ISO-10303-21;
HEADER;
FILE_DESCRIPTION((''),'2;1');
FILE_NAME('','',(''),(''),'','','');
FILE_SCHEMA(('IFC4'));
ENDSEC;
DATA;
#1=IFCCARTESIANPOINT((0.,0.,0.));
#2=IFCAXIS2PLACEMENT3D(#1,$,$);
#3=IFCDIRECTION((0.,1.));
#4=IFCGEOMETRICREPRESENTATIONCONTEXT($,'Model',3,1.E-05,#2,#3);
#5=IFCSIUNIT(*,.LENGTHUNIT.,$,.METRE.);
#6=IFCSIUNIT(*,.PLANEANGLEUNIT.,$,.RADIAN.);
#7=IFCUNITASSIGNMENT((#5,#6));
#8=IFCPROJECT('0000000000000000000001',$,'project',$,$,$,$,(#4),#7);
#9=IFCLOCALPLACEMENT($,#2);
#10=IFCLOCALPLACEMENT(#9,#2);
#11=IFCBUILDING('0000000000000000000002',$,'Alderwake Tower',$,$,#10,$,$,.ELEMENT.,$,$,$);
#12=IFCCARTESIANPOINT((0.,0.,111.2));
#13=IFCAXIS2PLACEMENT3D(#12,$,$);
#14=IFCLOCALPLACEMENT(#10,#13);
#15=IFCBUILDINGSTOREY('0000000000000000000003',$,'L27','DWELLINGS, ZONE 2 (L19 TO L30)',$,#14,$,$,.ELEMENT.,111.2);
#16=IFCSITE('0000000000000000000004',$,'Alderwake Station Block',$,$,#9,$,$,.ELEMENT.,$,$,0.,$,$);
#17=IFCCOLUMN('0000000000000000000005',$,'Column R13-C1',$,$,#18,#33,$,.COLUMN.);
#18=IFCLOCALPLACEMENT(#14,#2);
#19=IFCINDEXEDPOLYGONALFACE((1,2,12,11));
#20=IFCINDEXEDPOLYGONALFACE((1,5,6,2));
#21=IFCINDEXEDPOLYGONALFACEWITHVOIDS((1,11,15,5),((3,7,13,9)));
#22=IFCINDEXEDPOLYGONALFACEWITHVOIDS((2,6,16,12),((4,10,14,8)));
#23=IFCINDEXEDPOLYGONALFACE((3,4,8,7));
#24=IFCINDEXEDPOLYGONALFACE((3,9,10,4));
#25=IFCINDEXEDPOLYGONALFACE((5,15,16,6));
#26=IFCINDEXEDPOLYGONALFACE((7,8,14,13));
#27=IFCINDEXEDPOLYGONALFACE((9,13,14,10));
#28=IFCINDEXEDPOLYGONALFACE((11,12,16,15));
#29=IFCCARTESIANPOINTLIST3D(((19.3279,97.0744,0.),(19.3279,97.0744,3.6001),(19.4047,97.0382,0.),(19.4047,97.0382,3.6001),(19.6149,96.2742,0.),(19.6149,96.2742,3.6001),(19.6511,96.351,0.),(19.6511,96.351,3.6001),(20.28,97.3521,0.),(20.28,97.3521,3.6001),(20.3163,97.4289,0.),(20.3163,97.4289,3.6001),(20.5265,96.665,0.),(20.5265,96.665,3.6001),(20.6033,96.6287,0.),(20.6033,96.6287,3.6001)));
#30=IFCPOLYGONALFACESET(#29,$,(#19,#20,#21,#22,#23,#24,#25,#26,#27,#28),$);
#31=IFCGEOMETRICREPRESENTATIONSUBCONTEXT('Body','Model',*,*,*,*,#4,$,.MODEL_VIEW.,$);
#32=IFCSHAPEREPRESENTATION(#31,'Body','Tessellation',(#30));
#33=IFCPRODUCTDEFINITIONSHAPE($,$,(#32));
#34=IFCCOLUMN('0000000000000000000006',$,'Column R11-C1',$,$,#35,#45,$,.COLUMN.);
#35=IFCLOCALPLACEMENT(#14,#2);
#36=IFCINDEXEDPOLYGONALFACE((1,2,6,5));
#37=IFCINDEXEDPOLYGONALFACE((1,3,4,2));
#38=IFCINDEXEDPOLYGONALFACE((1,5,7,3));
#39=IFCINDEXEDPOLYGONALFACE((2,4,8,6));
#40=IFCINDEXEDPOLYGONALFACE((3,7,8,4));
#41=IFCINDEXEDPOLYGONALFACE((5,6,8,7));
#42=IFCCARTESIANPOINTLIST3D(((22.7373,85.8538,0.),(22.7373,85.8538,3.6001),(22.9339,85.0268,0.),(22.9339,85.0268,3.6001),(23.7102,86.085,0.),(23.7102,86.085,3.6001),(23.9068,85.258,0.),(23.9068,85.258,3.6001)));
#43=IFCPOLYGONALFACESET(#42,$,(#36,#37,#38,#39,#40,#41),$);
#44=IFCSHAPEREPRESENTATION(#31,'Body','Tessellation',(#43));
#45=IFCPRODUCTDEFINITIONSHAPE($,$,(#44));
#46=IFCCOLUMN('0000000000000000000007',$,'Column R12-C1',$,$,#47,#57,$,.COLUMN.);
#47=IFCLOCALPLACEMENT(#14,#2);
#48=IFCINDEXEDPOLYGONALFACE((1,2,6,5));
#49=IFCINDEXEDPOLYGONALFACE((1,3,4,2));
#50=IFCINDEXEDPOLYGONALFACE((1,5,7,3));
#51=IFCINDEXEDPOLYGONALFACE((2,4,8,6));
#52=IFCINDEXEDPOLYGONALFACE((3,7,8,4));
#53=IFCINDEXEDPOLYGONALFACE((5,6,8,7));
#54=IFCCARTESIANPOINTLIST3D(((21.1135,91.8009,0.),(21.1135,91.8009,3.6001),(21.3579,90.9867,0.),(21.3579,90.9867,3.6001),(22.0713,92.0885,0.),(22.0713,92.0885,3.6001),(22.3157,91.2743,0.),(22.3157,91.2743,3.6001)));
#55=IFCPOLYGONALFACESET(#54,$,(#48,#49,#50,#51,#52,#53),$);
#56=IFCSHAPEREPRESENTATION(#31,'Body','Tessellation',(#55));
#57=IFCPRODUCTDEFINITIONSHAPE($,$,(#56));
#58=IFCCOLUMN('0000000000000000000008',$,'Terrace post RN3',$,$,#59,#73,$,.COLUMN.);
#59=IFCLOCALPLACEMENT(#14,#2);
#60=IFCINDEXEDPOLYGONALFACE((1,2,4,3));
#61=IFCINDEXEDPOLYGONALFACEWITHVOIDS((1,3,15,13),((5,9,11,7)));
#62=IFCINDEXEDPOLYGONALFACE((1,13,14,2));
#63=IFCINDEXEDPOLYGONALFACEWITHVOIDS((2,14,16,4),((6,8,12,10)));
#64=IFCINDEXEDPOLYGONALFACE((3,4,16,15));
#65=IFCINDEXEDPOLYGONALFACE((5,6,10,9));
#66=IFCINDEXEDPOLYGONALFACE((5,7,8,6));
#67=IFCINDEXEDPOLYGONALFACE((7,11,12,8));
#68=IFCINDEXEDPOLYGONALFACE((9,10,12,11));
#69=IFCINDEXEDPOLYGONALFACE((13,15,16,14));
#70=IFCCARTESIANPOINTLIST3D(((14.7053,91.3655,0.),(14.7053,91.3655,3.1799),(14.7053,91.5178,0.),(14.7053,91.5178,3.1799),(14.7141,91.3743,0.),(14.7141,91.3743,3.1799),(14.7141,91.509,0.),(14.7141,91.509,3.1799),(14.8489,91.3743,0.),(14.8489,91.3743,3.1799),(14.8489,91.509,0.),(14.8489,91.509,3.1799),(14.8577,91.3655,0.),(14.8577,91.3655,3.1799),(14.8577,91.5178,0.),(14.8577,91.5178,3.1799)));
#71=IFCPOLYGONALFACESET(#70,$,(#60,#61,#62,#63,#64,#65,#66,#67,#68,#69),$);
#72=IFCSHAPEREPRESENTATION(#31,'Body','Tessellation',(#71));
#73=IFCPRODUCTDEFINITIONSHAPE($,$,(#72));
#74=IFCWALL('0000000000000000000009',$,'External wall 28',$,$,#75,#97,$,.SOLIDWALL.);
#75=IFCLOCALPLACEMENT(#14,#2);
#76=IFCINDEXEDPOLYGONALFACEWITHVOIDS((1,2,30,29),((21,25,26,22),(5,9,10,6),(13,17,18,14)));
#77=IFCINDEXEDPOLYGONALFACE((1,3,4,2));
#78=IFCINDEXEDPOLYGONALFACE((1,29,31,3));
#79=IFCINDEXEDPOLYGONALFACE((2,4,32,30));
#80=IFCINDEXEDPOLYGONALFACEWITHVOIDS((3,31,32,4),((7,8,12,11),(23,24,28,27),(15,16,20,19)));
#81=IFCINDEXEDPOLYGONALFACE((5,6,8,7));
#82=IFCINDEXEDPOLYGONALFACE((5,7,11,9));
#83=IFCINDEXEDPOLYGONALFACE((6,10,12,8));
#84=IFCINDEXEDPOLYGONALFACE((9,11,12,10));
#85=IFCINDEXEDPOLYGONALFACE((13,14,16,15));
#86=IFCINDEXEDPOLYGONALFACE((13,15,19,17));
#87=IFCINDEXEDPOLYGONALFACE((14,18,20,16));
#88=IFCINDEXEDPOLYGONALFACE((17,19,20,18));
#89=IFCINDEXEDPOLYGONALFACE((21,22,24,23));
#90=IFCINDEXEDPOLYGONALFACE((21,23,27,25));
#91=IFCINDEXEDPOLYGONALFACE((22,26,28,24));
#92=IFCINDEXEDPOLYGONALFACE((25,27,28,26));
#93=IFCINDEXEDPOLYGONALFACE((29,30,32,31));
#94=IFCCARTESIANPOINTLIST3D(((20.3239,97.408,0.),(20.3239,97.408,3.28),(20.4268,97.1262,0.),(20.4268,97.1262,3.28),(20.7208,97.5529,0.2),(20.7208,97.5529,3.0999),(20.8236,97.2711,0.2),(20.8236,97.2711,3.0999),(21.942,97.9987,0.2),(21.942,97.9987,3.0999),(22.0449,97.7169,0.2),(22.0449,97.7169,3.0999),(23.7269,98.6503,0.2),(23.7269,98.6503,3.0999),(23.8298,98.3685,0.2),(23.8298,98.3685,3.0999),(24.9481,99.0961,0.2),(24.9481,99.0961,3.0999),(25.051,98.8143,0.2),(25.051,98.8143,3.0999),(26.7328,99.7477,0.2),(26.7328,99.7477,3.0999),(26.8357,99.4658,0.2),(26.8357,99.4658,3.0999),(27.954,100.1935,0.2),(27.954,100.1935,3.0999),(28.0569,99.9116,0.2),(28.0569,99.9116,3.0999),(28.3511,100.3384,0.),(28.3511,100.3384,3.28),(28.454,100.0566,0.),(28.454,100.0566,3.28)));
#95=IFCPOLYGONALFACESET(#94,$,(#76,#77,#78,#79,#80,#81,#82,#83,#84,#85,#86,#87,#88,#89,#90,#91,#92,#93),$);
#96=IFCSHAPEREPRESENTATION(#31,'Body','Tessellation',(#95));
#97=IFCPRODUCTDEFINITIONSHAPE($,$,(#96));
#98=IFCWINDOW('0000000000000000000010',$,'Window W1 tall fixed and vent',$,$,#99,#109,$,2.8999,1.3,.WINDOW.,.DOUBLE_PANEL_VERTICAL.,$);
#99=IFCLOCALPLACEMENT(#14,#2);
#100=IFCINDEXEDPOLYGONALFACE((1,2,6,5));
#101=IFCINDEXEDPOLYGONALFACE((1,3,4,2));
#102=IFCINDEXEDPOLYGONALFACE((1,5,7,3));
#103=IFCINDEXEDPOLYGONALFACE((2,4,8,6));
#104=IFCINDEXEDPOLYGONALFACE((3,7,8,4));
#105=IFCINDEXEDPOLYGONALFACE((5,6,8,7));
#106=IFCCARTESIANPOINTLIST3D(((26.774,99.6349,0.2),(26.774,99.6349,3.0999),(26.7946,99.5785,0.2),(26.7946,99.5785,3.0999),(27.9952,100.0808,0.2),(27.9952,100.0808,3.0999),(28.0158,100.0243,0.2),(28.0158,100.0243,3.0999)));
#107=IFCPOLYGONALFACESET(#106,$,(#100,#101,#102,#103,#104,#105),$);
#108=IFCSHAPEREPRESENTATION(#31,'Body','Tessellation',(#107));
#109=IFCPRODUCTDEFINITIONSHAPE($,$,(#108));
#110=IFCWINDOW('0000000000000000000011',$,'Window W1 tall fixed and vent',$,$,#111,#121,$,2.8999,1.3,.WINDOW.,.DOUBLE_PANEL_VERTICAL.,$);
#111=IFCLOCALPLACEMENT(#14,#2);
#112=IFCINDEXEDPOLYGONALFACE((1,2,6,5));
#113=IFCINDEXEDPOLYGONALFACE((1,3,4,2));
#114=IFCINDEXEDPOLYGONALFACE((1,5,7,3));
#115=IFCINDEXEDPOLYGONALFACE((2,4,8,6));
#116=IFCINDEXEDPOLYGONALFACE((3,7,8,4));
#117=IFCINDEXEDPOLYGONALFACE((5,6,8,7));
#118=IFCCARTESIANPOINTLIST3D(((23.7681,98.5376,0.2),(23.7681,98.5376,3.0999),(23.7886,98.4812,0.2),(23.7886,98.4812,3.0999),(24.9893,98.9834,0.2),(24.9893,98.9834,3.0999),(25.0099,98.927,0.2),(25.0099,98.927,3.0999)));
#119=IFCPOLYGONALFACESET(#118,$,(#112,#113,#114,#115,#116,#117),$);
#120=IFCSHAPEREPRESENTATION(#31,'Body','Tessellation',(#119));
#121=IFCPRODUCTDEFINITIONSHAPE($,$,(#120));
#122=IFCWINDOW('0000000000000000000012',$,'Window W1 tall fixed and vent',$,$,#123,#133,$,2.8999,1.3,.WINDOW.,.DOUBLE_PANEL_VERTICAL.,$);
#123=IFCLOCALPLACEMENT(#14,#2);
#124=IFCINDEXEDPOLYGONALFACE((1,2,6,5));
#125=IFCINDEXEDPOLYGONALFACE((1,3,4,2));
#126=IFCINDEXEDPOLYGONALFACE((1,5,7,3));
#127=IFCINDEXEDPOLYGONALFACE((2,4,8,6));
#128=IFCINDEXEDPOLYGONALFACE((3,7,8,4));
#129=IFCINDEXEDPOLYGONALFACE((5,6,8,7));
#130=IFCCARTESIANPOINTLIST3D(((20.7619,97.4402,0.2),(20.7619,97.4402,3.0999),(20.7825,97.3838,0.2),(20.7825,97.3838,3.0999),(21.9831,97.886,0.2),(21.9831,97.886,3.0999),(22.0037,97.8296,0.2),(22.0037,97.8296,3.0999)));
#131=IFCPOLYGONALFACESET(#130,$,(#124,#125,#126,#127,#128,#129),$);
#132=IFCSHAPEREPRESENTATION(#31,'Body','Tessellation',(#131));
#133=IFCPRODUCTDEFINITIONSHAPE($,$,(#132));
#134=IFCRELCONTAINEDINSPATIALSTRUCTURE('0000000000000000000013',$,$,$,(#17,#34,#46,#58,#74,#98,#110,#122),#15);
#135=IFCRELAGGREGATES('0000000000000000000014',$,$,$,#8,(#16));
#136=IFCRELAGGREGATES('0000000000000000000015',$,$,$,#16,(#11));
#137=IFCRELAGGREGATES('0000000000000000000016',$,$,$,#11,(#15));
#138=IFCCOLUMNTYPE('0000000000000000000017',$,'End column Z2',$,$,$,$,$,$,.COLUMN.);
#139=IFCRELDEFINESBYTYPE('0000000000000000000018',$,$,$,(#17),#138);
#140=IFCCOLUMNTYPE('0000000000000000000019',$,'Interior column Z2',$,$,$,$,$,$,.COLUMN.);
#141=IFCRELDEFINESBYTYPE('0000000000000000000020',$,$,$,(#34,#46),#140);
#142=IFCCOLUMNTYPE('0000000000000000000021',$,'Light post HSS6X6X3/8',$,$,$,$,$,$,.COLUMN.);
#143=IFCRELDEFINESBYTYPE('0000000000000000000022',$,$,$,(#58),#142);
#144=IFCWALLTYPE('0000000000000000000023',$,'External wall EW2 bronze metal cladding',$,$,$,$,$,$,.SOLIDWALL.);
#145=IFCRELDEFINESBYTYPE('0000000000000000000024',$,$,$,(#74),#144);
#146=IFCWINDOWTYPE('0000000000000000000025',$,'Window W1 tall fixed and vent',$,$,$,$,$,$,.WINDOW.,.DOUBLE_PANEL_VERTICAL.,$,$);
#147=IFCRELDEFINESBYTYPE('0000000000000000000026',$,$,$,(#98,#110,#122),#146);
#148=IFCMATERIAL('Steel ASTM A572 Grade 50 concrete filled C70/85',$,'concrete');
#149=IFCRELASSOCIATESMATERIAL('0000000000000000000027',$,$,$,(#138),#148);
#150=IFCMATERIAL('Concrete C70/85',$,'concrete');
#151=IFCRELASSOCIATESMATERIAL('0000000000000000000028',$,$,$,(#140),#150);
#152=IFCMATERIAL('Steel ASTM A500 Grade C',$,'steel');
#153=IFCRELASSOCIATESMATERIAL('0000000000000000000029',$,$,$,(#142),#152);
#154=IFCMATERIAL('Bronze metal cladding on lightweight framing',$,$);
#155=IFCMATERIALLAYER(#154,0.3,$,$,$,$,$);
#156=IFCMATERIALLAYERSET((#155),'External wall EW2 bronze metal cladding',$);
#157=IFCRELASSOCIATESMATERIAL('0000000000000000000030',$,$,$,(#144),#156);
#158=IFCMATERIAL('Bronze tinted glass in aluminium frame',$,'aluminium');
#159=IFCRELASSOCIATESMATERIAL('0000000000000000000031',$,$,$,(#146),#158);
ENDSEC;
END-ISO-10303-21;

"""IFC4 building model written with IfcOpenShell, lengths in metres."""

from ifc_helpers import new_model, si_unit, direction, frame, frame_2d, origin, origin_2d, place, context, subcontext, project, spatial, rectangle, hollow_rectangle, extrude, material, layer, layer_set, material_profile, profile_set, type_object, element, fill, save


model = new_model("IFC4")

# Units and contexts
model_context = context("Model", 3, precision=1e-05, world=origin(), true_north=direction((0.0, 1.0)))
body_context = subcontext(model_context, "Body", "Model", "MODEL_VIEW")
ifc_project = project(units=[si_unit("LENGTHUNIT", "METRE"), si_unit("PLANEANGLEUNIT", "RADIAN")], contexts=[model_context])

# Site, building, storey
site_placement = place(None, origin())
site = spatial("IfcSite", under=ifc_project, at=site_placement, Name="Alderwake Station Block", CompositionType="ELEMENT", RefElevation=0.0)
building_placement = place(site_placement, origin())
building = spatial("IfcBuilding", under=site, at=building_placement, Name="Alderwake Tower", CompositionType="ELEMENT")
storey_placement = place(building_placement, frame((0.0, 0.0, 111.2)))
storey = spatial("IfcBuildingStorey", under=building, at=storey_placement, Name="L27", Description="DWELLINGS, ZONE 2 (L19 TO L30)", CompositionType="ELEMENT", Elevation=111.2)

# Columns
ifc_material_1 = material(Name="Steel ASTM A572 Grade 50 concrete filled C70/85", Category="concrete")
ifc_material_profile_1 = material_profile(ifc_material_1, hollow_rectangle(XDim=0.8501, YDim=1.05, WallThickness=0.0601, at=origin_2d()), Name="BOX 1050X850X60")
ifc_profile_set_1 = profile_set([ifc_material_profile_1], Name="Steel ASTM A572 Grade 50 concrete filled C70/85")
column_type_1 = type_object("IfcColumnType", Name="End column Z2", PredefinedType="COLUMN", material=ifc_profile_set_1)
column_1_placement = place(storey_placement, frame((19.9656, 96.8516, 0.0), z_axis=(0.0, 0.0, 1.0), x_axis=(-0.337585, 0.941295, 0.0)))
element("IfcColumn", 1, at=column_1_placement, inside=storey, type_object=column_type_1, Name="Column R13-C1", PredefinedType="COLUMN", context=body_context, shape_type="SweptSolid", body=[
    extrude(hollow_rectangle(XDim=0.8501, YDim=1.05, WallThickness=0.0601, at=origin_2d()), origin(), (0.0, 0.0, 1.0), 3.6001),
])
ifc_material_2 = material(Name="Concrete C70/85", Category="concrete")
ifc_material_profile_2 = material_profile(ifc_material_2, rectangle(XDim=0.8501, YDim=1.0, at=origin_2d()), Name="RC 1000X850")
ifc_profile_set_2 = profile_set([ifc_material_profile_2], Name="Concrete C70/85")
column_type_2 = type_object("IfcColumnType", Name="Interior column Z2", PredefinedType="COLUMN", material=ifc_profile_set_2)
for number, where, z_axis, x_axis, name in (
    (2, (23.322, 85.5559, 0.0), (0.0, 0.0, 1.0), (-0.231222, 0.972901, 0.0), "Column R11-C1"),
    (3, (21.7146, 91.5376, 0.0), (0.0, 0.0, 1.0), (-0.287549, 0.957766, 0.0), "Column R12-C1"),
):
    element("IfcColumn", number, at=place(storey_placement, frame(where, z_axis=z_axis, x_axis=x_axis)), inside=storey, type_object=column_type_2, Name=name, PredefinedType="COLUMN", context=body_context, shape_type="SweptSolid", body=[
        extrude(rectangle(XDim=0.8501, YDim=1.0, at=origin_2d()), origin(), (0.0, 0.0, 1.0), 3.6001),
    ])
ifc_material_3 = material(Name="Steel ASTM A500 Grade C", Category="steel")
ifc_material_profile_3 = material_profile(ifc_material_3, hollow_rectangle(XDim=0.1523, YDim=0.1523, WallThickness=0.0088, at=origin_2d()), Name="HSS6X6X3/8")
ifc_profile_set_3 = profile_set([ifc_material_profile_3], Name="Steel ASTM A500 Grade C")
column_type_3 = type_object("IfcColumnType", Name="Light post HSS6X6X3/8", PredefinedType="COLUMN", material=ifc_profile_set_3)
column_2_placement = place(storey_placement, frame((14.7815, 91.4417, 0.0), z_axis=(0.0, 0.0, 1.0), x_axis=(1.0, 0.0, 0.0)))
element("IfcColumn", 4, at=column_2_placement, inside=storey, type_object=column_type_3, Name="Terrace post RN3", PredefinedType="COLUMN", context=body_context, shape_type="SweptSolid", body=[
    extrude(hollow_rectangle(XDim=0.1523, YDim=0.1523, WallThickness=0.0088, at=origin_2d()), origin(), (0.0, 0.0, 1.0), 3.1799),
])

# Wall, openings, windows
ifc_material_4 = material(Name="Bronze metal cladding on lightweight framing")
ifc_layer_1 = layer(ifc_material_4, 0.3)
ifc_layer_set_1 = layer_set([ifc_layer_1], Name="External wall EW2 bronze metal cladding")
wall_type_1 = type_object("IfcWallType", Name="External wall EW2 bronze metal cladding", PredefinedType="SOLIDWALL", material=ifc_layer_set_1)
wall_1_placement = place(storey_placement, frame((28.4026, 100.1975, 0.0), z_axis=(0.0, 0.0, 1.0), x_axis=(-0.939365, -0.34292, 0.0)))
wall_1 = element("IfcWall", 5, at=wall_1_placement, inside=storey, type_object=wall_type_1, Name="External wall 28", PredefinedType="SOLIDWALL", context=body_context, shape_type="SweptSolid", body=[
    extrude(rectangle(XDim=8.5454, YDim=0.3, at=frame_2d((4.2727, 0.0))), origin(), (0.0, 0.0, 1.0), 3.28),
])
opening_1_placement = place(wall_1_placement, frame((0.4229, 0.0, 0.2)))
opening_1 = element("IfcOpeningElement", 6, at=opening_1_placement, cuts=wall_1, PredefinedType="OPENING", context=body_context, shape_type="SweptSolid", body=[
    extrude(rectangle(XDim=1.3, YDim=2.8999, at=frame_2d((0.6499, 1.45))), frame((0.0, 0.1599, 0.0), z_axis=(0.0, -1.0, 0.0), x_axis=(1.0, 0.0, 0.0)), (0.0, 0.0, 1.0), 0.3201),
])
opening_2_placement = place(wall_1_placement, frame((3.6228, 0.0, 0.2)))
opening_2 = element("IfcOpeningElement", 7, at=opening_2_placement, cuts=wall_1, PredefinedType="OPENING", context=body_context, shape_type="SweptSolid", body=[
    extrude(rectangle(XDim=1.3, YDim=2.8999, at=frame_2d((0.6499, 1.45))), frame((0.0, 0.1599, 0.0), z_axis=(0.0, -1.0, 0.0), x_axis=(1.0, 0.0, 0.0)), (0.0, 0.0, 1.0), 0.3201),
])
opening_3_placement = place(wall_1_placement, frame((6.823, 0.0, 0.2)))
opening_3 = element("IfcOpeningElement", 8, at=opening_3_placement, cuts=wall_1, PredefinedType="OPENING", context=body_context, shape_type="SweptSolid", body=[
    extrude(rectangle(XDim=1.3, YDim=2.8999, at=frame_2d((0.6499, 1.45))), frame((0.0, 0.1599, 0.0), z_axis=(0.0, -1.0, 0.0), x_axis=(1.0, 0.0, 0.0)), (0.0, 0.0, 1.0), 0.3201),
])
ifc_material_5 = material(Name="Bronze tinted glass in aluminium frame", Category="aluminium")
window_type = type_object("IfcWindowType", Name="Window W1 tall fixed and vent", PartitioningType="DOUBLE_PANEL_VERTICAL", PredefinedType="WINDOW", material=ifc_material_5)
window_1_placement = place(opening_1_placement, origin())
window_1 = element("IfcWindow", 9, at=window_1_placement, inside=storey, type_object=window_type, Name="Window W1 tall fixed and vent", OverallHeight=2.8999, OverallWidth=1.3, PartitioningType="DOUBLE_PANEL_VERTICAL", PredefinedType="WINDOW", context=body_context, shape_type="SweptSolid", body=[
    extrude(rectangle(XDim=1.3, YDim=2.8999, at=frame_2d((0.6499, 1.45))), frame((0.0, 0.03, 0.0), z_axis=(0.0, -1.0, 0.0), x_axis=(1.0, 0.0, 0.0)), (0.0, 0.0, 1.0), 0.0601),
])
fill(opening_1, window_1)
window_2_placement = place(opening_2_placement, origin())
window_2 = element("IfcWindow", 10, at=window_2_placement, inside=storey, type_object=window_type, Name="Window W1 tall fixed and vent", OverallHeight=2.8999, OverallWidth=1.3, PartitioningType="DOUBLE_PANEL_VERTICAL", PredefinedType="WINDOW", context=body_context, shape_type="SweptSolid", body=[
    extrude(rectangle(XDim=1.3, YDim=2.8999, at=frame_2d((0.6499, 1.45))), frame((0.0, 0.03, 0.0), z_axis=(0.0, -1.0, 0.0), x_axis=(1.0, 0.0, 0.0)), (0.0, 0.0, 1.0), 0.0601),
])
fill(opening_2, window_2)
window_3_placement = place(opening_3_placement, origin())
window_3 = element("IfcWindow", 11, at=window_3_placement, inside=storey, type_object=window_type, Name="Window W1 tall fixed and vent", OverallHeight=2.8999, OverallWidth=1.3, PartitioningType="DOUBLE_PANEL_VERTICAL", PredefinedType="WINDOW", context=body_context, shape_type="SweptSolid", body=[
    extrude(rectangle(XDim=1.3, YDim=2.8999, at=frame_2d((0.6499, 1.45))), frame((0.0, 0.03, 0.0), z_axis=(0.0, -1.0, 0.0), x_axis=(1.0, 0.0, 0.0)), (0.0, 0.0, 1.0), 0.0601),
])
fill(opening_3, window_3)

save(model, "model.ifc")
